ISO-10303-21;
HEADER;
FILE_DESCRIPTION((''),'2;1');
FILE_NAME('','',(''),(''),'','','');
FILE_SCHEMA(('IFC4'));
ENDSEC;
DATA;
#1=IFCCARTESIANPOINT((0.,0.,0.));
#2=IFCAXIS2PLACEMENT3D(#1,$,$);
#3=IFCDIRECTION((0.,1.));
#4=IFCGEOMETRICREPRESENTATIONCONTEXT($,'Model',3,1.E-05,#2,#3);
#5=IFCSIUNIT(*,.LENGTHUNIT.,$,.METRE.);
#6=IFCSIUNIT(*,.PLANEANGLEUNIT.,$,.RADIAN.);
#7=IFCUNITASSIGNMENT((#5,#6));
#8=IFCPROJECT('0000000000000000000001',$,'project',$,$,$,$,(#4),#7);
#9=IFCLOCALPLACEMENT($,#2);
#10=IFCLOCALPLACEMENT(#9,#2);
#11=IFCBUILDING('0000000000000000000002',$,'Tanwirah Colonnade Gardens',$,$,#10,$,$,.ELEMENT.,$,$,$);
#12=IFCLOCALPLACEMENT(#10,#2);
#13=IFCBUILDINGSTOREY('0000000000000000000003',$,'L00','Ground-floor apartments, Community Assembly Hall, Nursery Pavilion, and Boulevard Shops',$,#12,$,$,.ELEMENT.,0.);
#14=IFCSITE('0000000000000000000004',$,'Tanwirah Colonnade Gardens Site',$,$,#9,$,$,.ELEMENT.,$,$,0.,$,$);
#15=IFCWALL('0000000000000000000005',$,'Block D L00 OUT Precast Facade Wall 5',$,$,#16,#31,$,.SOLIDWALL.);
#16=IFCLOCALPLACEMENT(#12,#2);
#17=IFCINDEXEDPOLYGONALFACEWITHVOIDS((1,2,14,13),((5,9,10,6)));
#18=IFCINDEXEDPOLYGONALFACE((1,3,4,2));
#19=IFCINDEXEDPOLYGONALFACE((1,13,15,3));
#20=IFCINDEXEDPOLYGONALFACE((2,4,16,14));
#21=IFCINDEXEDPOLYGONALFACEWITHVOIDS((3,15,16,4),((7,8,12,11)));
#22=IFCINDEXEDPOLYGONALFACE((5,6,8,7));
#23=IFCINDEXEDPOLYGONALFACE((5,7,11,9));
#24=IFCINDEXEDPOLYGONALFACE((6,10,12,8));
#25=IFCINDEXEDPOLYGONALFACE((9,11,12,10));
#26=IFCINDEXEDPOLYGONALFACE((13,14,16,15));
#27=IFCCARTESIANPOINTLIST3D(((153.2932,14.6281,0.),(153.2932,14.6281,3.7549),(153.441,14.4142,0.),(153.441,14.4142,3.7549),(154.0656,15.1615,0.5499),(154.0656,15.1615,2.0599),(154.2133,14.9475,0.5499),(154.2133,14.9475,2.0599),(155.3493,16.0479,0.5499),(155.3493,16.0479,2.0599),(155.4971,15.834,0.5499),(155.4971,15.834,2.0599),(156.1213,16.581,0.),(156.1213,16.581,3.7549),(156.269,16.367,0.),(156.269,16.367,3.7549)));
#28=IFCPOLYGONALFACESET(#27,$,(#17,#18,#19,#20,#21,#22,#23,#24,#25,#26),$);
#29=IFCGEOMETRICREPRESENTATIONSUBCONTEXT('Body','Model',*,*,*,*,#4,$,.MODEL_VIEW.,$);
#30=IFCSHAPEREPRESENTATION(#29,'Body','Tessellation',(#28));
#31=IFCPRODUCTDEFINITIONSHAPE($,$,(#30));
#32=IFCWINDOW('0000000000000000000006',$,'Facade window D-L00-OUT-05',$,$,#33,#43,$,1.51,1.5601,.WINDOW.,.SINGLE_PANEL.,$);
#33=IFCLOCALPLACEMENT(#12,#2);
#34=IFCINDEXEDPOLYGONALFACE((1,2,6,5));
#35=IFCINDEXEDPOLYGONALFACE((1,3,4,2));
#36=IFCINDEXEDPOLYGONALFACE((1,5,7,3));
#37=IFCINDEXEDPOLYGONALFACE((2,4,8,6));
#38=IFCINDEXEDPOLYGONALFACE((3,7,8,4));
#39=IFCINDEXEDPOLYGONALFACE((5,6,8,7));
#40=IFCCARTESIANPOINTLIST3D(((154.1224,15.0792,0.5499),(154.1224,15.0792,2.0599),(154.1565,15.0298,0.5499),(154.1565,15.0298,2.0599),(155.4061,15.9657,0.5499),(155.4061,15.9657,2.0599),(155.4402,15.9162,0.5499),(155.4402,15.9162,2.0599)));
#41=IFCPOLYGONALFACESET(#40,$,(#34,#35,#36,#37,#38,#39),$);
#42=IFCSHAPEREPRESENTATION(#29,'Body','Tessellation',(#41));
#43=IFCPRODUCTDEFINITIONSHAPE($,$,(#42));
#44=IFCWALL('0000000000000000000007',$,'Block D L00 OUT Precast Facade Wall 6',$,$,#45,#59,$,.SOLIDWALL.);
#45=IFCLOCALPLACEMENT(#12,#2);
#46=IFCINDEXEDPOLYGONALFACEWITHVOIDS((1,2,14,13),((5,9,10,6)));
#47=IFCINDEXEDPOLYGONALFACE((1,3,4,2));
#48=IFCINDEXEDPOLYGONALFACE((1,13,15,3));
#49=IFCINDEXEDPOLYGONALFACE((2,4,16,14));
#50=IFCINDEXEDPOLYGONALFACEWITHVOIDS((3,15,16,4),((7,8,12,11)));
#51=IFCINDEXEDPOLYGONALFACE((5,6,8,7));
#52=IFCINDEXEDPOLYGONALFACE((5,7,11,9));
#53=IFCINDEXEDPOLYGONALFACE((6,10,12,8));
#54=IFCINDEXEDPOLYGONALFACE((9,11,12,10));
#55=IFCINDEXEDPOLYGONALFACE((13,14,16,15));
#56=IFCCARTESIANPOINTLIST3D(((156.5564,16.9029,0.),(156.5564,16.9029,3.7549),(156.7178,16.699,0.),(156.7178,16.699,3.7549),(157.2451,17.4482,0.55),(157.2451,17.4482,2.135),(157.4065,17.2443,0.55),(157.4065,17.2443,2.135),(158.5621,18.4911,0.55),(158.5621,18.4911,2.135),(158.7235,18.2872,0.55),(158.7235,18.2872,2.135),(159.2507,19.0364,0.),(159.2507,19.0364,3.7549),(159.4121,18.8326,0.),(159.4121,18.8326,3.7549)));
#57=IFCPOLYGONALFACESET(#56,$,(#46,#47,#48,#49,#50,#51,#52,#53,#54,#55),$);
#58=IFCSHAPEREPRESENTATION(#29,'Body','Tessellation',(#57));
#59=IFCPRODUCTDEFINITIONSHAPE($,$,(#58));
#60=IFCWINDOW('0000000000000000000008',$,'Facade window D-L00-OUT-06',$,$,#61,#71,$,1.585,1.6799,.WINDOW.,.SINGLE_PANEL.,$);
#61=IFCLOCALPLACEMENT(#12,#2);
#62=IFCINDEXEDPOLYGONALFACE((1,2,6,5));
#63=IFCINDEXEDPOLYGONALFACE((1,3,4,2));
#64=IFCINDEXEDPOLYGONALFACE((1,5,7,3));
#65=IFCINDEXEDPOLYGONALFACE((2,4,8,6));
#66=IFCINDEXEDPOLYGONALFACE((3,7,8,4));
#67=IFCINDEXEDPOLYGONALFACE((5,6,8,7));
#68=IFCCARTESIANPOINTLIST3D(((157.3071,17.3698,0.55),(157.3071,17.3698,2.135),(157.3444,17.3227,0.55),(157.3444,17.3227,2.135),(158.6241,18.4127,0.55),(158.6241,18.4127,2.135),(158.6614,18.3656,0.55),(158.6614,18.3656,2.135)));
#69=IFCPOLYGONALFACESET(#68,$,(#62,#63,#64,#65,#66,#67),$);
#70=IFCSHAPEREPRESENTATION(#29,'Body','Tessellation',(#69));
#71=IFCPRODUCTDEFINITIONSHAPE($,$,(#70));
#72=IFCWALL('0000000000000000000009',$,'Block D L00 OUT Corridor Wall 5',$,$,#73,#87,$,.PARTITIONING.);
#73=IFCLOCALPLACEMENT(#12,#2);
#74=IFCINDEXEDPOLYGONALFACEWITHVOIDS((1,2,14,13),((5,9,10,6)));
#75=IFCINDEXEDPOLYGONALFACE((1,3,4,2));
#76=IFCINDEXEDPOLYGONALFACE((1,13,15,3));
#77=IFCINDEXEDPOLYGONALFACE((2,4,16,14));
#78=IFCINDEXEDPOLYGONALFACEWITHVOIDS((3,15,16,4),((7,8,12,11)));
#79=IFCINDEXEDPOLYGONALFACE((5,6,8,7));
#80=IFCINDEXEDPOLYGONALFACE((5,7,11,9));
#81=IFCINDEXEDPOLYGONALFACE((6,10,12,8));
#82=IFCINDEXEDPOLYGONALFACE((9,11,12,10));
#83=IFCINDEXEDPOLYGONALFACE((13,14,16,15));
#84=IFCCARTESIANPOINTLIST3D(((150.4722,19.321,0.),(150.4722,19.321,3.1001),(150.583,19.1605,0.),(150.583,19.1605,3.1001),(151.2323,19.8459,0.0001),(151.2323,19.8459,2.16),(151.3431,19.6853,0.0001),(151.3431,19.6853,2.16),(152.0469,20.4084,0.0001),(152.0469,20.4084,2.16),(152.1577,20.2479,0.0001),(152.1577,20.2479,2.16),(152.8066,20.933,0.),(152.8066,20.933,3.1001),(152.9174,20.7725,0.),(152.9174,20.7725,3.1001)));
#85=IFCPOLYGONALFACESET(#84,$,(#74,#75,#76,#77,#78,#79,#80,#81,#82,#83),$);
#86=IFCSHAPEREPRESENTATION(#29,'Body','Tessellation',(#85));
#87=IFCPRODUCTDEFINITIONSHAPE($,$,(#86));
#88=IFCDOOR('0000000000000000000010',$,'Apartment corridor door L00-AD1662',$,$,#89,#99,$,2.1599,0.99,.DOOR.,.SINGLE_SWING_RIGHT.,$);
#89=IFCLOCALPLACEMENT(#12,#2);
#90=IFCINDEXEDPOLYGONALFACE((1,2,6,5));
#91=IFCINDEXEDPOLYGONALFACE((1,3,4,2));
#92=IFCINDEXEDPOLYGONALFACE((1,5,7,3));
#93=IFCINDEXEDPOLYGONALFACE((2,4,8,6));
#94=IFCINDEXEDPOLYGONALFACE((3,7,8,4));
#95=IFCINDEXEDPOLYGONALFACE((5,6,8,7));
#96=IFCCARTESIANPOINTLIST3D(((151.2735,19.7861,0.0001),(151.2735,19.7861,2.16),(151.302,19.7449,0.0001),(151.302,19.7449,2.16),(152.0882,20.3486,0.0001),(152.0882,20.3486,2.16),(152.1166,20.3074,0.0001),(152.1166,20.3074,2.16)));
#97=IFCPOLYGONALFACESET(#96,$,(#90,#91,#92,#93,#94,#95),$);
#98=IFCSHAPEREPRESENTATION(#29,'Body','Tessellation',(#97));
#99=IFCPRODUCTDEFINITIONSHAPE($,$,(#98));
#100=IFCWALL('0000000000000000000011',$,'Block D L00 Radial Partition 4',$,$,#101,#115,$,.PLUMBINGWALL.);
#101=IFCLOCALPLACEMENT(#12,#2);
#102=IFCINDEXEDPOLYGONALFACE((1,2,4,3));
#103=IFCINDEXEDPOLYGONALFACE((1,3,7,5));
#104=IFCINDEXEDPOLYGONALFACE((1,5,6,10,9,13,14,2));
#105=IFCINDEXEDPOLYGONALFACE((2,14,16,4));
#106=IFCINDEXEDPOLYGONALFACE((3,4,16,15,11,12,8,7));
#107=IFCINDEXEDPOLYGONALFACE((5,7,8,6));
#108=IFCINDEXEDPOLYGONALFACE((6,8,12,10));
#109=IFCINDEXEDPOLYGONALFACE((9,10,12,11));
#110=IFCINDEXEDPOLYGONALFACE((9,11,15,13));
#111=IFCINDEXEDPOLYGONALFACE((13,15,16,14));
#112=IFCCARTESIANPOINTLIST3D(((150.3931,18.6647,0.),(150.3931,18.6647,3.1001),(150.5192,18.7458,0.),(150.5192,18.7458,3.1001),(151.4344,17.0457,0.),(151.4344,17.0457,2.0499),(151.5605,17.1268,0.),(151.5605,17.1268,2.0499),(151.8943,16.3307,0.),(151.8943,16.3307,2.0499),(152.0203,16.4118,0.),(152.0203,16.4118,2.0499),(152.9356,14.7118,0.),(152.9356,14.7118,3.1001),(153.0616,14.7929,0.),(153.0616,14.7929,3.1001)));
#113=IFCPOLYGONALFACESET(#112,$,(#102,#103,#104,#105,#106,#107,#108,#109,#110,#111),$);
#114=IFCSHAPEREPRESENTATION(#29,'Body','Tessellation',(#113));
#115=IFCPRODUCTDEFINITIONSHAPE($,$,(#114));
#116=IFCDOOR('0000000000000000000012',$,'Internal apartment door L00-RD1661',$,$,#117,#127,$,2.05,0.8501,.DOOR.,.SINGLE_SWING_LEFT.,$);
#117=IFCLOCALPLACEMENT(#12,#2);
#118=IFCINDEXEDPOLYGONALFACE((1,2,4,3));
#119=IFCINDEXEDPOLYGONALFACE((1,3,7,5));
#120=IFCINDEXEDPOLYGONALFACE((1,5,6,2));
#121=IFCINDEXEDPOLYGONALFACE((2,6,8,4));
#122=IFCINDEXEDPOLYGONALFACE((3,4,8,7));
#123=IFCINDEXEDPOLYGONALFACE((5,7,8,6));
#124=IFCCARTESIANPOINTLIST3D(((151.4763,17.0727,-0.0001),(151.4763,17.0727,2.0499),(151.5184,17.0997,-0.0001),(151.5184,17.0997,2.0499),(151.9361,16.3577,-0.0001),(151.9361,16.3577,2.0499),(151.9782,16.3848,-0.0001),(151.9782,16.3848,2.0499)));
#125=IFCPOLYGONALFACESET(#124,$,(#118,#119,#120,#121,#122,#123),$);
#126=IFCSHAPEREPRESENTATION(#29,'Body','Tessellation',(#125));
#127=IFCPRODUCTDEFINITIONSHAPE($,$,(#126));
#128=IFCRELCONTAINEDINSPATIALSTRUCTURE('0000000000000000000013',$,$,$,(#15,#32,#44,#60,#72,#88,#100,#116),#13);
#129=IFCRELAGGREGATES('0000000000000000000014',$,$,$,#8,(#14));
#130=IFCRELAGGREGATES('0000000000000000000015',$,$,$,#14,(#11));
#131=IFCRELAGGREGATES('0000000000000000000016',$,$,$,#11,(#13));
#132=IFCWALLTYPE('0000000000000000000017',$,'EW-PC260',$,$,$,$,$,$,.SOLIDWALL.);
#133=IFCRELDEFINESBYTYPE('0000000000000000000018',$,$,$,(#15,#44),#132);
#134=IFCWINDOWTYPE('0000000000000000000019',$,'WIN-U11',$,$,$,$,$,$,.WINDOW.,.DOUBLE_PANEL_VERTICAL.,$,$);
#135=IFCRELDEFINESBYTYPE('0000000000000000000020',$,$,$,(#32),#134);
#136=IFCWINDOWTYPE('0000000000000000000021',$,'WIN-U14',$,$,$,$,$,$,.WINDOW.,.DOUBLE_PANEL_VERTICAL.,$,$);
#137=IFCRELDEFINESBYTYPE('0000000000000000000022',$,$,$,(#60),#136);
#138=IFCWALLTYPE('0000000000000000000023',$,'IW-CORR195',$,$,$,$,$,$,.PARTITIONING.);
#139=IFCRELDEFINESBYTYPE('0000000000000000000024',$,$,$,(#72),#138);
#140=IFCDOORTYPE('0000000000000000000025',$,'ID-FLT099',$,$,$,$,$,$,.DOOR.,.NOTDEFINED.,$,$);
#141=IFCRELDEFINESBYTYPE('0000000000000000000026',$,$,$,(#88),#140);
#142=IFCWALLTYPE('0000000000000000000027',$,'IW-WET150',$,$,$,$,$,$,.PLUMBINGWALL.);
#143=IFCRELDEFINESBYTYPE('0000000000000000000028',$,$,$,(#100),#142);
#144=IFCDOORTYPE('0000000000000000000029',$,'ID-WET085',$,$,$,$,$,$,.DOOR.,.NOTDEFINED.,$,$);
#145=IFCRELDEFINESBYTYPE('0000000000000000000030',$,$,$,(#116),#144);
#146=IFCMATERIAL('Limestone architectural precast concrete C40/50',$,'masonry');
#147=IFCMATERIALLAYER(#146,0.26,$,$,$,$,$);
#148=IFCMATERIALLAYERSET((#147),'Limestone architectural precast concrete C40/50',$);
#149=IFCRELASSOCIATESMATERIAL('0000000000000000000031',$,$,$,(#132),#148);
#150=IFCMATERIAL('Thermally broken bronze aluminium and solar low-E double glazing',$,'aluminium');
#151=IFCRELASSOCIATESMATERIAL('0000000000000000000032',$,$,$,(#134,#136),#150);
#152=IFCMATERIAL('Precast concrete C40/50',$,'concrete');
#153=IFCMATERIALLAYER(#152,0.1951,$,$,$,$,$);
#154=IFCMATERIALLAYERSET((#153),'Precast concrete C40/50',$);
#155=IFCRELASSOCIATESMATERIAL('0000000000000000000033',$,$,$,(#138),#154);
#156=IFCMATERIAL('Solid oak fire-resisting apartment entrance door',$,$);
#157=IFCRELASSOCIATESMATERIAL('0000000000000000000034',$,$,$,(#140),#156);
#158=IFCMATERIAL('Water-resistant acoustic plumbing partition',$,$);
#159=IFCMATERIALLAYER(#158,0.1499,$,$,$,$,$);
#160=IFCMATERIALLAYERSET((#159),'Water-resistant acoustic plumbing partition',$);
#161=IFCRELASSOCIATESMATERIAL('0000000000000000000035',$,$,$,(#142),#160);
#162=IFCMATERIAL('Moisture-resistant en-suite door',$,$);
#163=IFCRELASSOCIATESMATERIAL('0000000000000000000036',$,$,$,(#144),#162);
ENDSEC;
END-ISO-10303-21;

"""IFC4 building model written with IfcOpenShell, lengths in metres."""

from ifc_helpers import new_model, si_unit, direction, frame, frame_2d, origin, place, context, subcontext, project, spatial, rectangle, extrude, material, layer, layer_set, type_object, element, fill, save


model = new_model("IFC4")

# Units and contexts
model_context = context("Model", 3, precision=1e-05, world=origin(), true_north=direction((0.0, 1.0)))
body_context = subcontext(model_context, "Body", "Model", "MODEL_VIEW")
ifc_project = project(units=[si_unit("LENGTHUNIT", "METRE"), si_unit("PLANEANGLEUNIT", "RADIAN")], contexts=[model_context])

# Site, building, storey
site_placement = place(None, origin())
site = spatial("IfcSite", under=ifc_project, at=site_placement, Name="Tanwirah Colonnade Gardens Site", CompositionType="ELEMENT", RefElevation=0.0)
building_placement = place(site_placement, origin())
building = spatial("IfcBuilding", under=site, at=building_placement, Name="Tanwirah Colonnade Gardens", CompositionType="ELEMENT")
storey_placement = place(building_placement, origin())
storey = spatial("IfcBuildingStorey", under=building, at=storey_placement, Name="L00", Description="Ground-floor apartments, Community Assembly Hall, Nursery Pavilion, and Boulevard Shops", CompositionType="ELEMENT", Elevation=0.0)

# Shared definitions
ifc_material_1 = material(Name="Precast concrete C40/50", Category="concrete")

# Walls, openings, windows
ifc_material_2 = material(Name="Limestone architectural precast concrete C40/50", Category="masonry")
ifc_layer_1 = layer(ifc_material_2, 0.26)
ifc_layer_set_1 = layer_set([ifc_layer_1], Name="Limestone architectural precast concrete C40/50")
wall_type_1 = type_object("IfcWallType", Name="EW-PC260", PredefinedType="SOLIDWALL", material=ifc_layer_set_1)
ifc_material_3 = material(Name="Thermally broken bronze aluminium and solar low-E double glazing", Category="aluminium")
wall_1_placement = place(storey_placement, frame((153.3672, 14.5212, 0.0), z_axis=(0.0, 0.0, 1.0), x_axis=(0.82288, 0.568216, 0.0)))
wall_1 = element("IfcWall", 1, at=wall_1_placement, inside=storey, type_object=wall_type_1, Name="Block D L00 OUT Precast Facade Wall 5", PredefinedType="SOLIDWALL", context=body_context, shape_type="SweptSolid", body=[
    extrude(rectangle(XDim=3.4368, YDim=0.26, at=frame_2d((1.7183, 0.0))), origin(), (0.0, 0.0, 1.0), 3.7549),
])
opening_1_placement = place(wall_1_placement, frame((0.9385, 0.0, 0.55)))
opening_1 = element("IfcOpeningElement", 2, at=opening_1_placement, cuts=wall_1, PredefinedType="OPENING", context=body_context, shape_type="SweptSolid", body=[
    extrude(rectangle(XDim=1.5601, YDim=1.51, at=frame_2d((0.78, 0.7549))), frame((0.0, 0.1399, 0.0), z_axis=(0.0, -1.0, 0.0), x_axis=(1.0, 0.0, 0.0)), (0.0, 0.0, 1.0), 0.28),
])
window_type_1 = type_object("IfcWindowType", Name="WIN-U11", PartitioningType="DOUBLE_PANEL_VERTICAL", PredefinedType="WINDOW", material=ifc_material_3)
window_1_placement = place(opening_1_placement, origin())
window_1 = element("IfcWindow", 3, at=window_1_placement, inside=storey, type_object=window_type_1, Name="Facade window D-L00-OUT-05", OverallHeight=1.51, OverallWidth=1.5601, PartitioningType="SINGLE_PANEL", PredefinedType="WINDOW", context=body_context, shape_type="SweptSolid", body=[
    extrude(rectangle(XDim=1.5601, YDim=1.51, at=frame_2d((0.78, 0.7549))), frame((0.0, 0.03, 0.0), z_axis=(0.0, -1.0, 0.0), x_axis=(1.0, 0.0, 0.0)), (0.0, 0.0, 1.0), 0.0601),
])
fill(opening_1, window_1)
wall_2_placement = place(storey_placement, frame((156.6372, 16.801, 0.0), z_axis=(0.0, 0.0, 1.0), x_axis=(0.783971, 0.620798, 0.0)))
wall_2 = element("IfcWall", 4, at=wall_2_placement, inside=storey, type_object=wall_type_1, Name="Block D L00 OUT Precast Facade Wall 6", PredefinedType="SOLIDWALL", context=body_context, shape_type="SweptSolid", body=[
    extrude(rectangle(XDim=3.4368, YDim=0.26, at=frame_2d((1.7183, 0.0))), origin(), (0.0, 0.0, 1.0), 3.7549),
])
opening_2_placement = place(wall_2_placement, frame((0.8784, 0.0, 0.55)))
opening_2 = element("IfcOpeningElement", 5, at=opening_2_placement, cuts=wall_2, PredefinedType="OPENING", context=body_context, shape_type="SweptSolid", body=[
    extrude(rectangle(XDim=1.6799, YDim=1.585, at=frame_2d((0.8398, 0.7925))), frame((0.0, 0.1399, 0.0), z_axis=(0.0, -1.0, 0.0), x_axis=(1.0, 0.0, 0.0)), (0.0, 0.0, 1.0), 0.28),
])
window_type_2 = type_object("IfcWindowType", Name="WIN-U14", PartitioningType="DOUBLE_PANEL_VERTICAL", PredefinedType="WINDOW", material=ifc_material_3)
window_2_placement = place(opening_2_placement, origin())
window_2 = element("IfcWindow", 6, at=window_2_placement, inside=storey, type_object=window_type_2, Name="Facade window D-L00-OUT-06", OverallHeight=1.585, OverallWidth=1.6799, PartitioningType="SINGLE_PANEL", PredefinedType="WINDOW", context=body_context, shape_type="SweptSolid", body=[
    extrude(rectangle(XDim=1.6799, YDim=1.585, at=frame_2d((0.8398, 0.7925))), frame((0.0, 0.03, 0.0), z_axis=(0.0, -1.0, 0.0), x_axis=(1.0, 0.0, 0.0)), (0.0, 0.0, 1.0), 0.0601),
])
fill(opening_2, window_2)

# Walls, openings, doors
ifc_layer_2 = layer(ifc_material_1, 0.1951)
ifc_layer_set_2 = layer_set([ifc_layer_2], Name="Precast concrete C40/50")
wall_type_2 = type_object("IfcWallType", Name="IW-CORR195", PredefinedType="PARTITIONING", material=ifc_layer_set_2)
wall_3_placement = place(storey_placement, frame((150.5276, 19.2407, 0.0), z_axis=(0.0, 0.0, 1.0), x_axis=(0.82287, 0.56823, 0.0)))
wall_3 = element("IfcWall", 7, at=wall_3_placement, inside=storey, type_object=wall_type_2, Name="Block D L00 OUT Corridor Wall 5", PredefinedType="PARTITIONING", context=body_context, shape_type="SweptSolid", body=[
    extrude(rectangle(XDim=2.8369, YDim=0.1951, at=frame_2d((1.4185, 0.0))), origin(), (0.0, 0.0, 1.0), 3.1001),
])
opening_3_placement = place(wall_3_placement, frame((0.9236, 0.0, 0.0)))
opening_3 = element("IfcOpeningElement", 8, at=opening_3_placement, cuts=wall_3, PredefinedType="OPENING", context=body_context, shape_type="SweptSolid", body=[
    extrude(rectangle(XDim=0.99, YDim=2.1599, at=frame_2d((0.4951, 1.0801))), frame((0.0, 0.1074, 0.0), z_axis=(0.0, -1.0, 0.0), x_axis=(1.0, 0.0, 0.0)), (0.0, 0.0, 1.0), 0.2151),
])
ifc_material_4 = material(Name="Solid oak fire-resisting apartment entrance door")
door_type_1 = type_object("IfcDoorType", Name="ID-FLT099", OperationType="NOTDEFINED", PredefinedType="DOOR", material=ifc_material_4)
door_1_placement = place(opening_3_placement, origin())
door_1 = element("IfcDoor", 9, at=door_1_placement, inside=storey, type_object=door_type_1, Name="Apartment corridor door L00-AD1662", OperationType="SINGLE_SWING_RIGHT", OverallHeight=2.1599, OverallWidth=0.99, PredefinedType="DOOR", context=body_context, shape_type="SweptSolid", body=[
    extrude(rectangle(XDim=0.99, YDim=2.1599, at=frame_2d((0.4951, 1.0801))), frame((0.0, 0.0249, 0.0), z_axis=(0.0, -1.0, 0.0), x_axis=(1.0, 0.0, 0.0)), (0.0, 0.0, 1.0), 0.05),
])
fill(opening_3, door_1)
ifc_material_5 = material(Name="Water-resistant acoustic plumbing partition")
ifc_layer_3 = layer(ifc_material_5, 0.1499)
ifc_layer_set_3 = layer_set([ifc_layer_3], Name="Water-resistant acoustic plumbing partition")
wall_type_3 = type_object("IfcWallType", Name="IW-WET150", PredefinedType="PLUMBINGWALL", material=ifc_layer_set_3)
wall_4_placement = place(storey_placement, frame((150.4561, 18.7053, 0.0), z_axis=(0.0, 0.0, 1.0), x_axis=(0.54096, -0.841048, 0.0)))
wall_4 = element("IfcWall", 10, at=wall_4_placement, inside=storey, type_object=wall_type_3, Name="Block D L00 Radial Partition 4", PredefinedType="PLUMBINGWALL", context=body_context, shape_type="SweptSolid", body=[
    extrude(rectangle(XDim=4.7, YDim=0.1499, at=frame_2d((2.3501, 0.0))), origin(), (0.0, 0.0, 1.0), 3.1001),
])
opening_4_placement = place(wall_4_placement, frame((1.925, 0.0, 0.0)))
opening_4 = element("IfcOpeningElement", 11, at=opening_4_placement, cuts=wall_4, PredefinedType="OPENING", context=body_context, shape_type="SweptSolid", body=[
    extrude(rectangle(XDim=0.8501, YDim=2.05, at=frame_2d((0.425, 1.0249))), frame((0.0, 0.085, 0.0), z_axis=(0.0, -1.0, 0.0), x_axis=(1.0, 0.0, 0.0)), (0.0, 0.0, 1.0), 0.1699),
])
ifc_material_6 = material(Name="Moisture-resistant en-suite door")
door_type_2 = type_object("IfcDoorType", Name="ID-WET085", OperationType="NOTDEFINED", PredefinedType="DOOR", material=ifc_material_6)
door_2_placement = place(opening_4_placement, origin())
door_2 = element("IfcDoor", 12, at=door_2_placement, inside=storey, type_object=door_type_2, Name="Internal apartment door L00-RD1661", OperationType="SINGLE_SWING_LEFT", OverallHeight=2.05, OverallWidth=0.8501, PredefinedType="DOOR", context=body_context, shape_type="SweptSolid", body=[
    extrude(rectangle(XDim=0.8501, YDim=2.05, at=frame_2d((0.425, 1.0249))), frame((0.0, 0.0249, 0.0), z_axis=(0.0, -1.0, 0.0), x_axis=(1.0, 0.0, 0.0)), (0.0, 0.0, 1.0), 0.05),
])
fill(opening_4, door_2)

save(model, "model.ifc")
